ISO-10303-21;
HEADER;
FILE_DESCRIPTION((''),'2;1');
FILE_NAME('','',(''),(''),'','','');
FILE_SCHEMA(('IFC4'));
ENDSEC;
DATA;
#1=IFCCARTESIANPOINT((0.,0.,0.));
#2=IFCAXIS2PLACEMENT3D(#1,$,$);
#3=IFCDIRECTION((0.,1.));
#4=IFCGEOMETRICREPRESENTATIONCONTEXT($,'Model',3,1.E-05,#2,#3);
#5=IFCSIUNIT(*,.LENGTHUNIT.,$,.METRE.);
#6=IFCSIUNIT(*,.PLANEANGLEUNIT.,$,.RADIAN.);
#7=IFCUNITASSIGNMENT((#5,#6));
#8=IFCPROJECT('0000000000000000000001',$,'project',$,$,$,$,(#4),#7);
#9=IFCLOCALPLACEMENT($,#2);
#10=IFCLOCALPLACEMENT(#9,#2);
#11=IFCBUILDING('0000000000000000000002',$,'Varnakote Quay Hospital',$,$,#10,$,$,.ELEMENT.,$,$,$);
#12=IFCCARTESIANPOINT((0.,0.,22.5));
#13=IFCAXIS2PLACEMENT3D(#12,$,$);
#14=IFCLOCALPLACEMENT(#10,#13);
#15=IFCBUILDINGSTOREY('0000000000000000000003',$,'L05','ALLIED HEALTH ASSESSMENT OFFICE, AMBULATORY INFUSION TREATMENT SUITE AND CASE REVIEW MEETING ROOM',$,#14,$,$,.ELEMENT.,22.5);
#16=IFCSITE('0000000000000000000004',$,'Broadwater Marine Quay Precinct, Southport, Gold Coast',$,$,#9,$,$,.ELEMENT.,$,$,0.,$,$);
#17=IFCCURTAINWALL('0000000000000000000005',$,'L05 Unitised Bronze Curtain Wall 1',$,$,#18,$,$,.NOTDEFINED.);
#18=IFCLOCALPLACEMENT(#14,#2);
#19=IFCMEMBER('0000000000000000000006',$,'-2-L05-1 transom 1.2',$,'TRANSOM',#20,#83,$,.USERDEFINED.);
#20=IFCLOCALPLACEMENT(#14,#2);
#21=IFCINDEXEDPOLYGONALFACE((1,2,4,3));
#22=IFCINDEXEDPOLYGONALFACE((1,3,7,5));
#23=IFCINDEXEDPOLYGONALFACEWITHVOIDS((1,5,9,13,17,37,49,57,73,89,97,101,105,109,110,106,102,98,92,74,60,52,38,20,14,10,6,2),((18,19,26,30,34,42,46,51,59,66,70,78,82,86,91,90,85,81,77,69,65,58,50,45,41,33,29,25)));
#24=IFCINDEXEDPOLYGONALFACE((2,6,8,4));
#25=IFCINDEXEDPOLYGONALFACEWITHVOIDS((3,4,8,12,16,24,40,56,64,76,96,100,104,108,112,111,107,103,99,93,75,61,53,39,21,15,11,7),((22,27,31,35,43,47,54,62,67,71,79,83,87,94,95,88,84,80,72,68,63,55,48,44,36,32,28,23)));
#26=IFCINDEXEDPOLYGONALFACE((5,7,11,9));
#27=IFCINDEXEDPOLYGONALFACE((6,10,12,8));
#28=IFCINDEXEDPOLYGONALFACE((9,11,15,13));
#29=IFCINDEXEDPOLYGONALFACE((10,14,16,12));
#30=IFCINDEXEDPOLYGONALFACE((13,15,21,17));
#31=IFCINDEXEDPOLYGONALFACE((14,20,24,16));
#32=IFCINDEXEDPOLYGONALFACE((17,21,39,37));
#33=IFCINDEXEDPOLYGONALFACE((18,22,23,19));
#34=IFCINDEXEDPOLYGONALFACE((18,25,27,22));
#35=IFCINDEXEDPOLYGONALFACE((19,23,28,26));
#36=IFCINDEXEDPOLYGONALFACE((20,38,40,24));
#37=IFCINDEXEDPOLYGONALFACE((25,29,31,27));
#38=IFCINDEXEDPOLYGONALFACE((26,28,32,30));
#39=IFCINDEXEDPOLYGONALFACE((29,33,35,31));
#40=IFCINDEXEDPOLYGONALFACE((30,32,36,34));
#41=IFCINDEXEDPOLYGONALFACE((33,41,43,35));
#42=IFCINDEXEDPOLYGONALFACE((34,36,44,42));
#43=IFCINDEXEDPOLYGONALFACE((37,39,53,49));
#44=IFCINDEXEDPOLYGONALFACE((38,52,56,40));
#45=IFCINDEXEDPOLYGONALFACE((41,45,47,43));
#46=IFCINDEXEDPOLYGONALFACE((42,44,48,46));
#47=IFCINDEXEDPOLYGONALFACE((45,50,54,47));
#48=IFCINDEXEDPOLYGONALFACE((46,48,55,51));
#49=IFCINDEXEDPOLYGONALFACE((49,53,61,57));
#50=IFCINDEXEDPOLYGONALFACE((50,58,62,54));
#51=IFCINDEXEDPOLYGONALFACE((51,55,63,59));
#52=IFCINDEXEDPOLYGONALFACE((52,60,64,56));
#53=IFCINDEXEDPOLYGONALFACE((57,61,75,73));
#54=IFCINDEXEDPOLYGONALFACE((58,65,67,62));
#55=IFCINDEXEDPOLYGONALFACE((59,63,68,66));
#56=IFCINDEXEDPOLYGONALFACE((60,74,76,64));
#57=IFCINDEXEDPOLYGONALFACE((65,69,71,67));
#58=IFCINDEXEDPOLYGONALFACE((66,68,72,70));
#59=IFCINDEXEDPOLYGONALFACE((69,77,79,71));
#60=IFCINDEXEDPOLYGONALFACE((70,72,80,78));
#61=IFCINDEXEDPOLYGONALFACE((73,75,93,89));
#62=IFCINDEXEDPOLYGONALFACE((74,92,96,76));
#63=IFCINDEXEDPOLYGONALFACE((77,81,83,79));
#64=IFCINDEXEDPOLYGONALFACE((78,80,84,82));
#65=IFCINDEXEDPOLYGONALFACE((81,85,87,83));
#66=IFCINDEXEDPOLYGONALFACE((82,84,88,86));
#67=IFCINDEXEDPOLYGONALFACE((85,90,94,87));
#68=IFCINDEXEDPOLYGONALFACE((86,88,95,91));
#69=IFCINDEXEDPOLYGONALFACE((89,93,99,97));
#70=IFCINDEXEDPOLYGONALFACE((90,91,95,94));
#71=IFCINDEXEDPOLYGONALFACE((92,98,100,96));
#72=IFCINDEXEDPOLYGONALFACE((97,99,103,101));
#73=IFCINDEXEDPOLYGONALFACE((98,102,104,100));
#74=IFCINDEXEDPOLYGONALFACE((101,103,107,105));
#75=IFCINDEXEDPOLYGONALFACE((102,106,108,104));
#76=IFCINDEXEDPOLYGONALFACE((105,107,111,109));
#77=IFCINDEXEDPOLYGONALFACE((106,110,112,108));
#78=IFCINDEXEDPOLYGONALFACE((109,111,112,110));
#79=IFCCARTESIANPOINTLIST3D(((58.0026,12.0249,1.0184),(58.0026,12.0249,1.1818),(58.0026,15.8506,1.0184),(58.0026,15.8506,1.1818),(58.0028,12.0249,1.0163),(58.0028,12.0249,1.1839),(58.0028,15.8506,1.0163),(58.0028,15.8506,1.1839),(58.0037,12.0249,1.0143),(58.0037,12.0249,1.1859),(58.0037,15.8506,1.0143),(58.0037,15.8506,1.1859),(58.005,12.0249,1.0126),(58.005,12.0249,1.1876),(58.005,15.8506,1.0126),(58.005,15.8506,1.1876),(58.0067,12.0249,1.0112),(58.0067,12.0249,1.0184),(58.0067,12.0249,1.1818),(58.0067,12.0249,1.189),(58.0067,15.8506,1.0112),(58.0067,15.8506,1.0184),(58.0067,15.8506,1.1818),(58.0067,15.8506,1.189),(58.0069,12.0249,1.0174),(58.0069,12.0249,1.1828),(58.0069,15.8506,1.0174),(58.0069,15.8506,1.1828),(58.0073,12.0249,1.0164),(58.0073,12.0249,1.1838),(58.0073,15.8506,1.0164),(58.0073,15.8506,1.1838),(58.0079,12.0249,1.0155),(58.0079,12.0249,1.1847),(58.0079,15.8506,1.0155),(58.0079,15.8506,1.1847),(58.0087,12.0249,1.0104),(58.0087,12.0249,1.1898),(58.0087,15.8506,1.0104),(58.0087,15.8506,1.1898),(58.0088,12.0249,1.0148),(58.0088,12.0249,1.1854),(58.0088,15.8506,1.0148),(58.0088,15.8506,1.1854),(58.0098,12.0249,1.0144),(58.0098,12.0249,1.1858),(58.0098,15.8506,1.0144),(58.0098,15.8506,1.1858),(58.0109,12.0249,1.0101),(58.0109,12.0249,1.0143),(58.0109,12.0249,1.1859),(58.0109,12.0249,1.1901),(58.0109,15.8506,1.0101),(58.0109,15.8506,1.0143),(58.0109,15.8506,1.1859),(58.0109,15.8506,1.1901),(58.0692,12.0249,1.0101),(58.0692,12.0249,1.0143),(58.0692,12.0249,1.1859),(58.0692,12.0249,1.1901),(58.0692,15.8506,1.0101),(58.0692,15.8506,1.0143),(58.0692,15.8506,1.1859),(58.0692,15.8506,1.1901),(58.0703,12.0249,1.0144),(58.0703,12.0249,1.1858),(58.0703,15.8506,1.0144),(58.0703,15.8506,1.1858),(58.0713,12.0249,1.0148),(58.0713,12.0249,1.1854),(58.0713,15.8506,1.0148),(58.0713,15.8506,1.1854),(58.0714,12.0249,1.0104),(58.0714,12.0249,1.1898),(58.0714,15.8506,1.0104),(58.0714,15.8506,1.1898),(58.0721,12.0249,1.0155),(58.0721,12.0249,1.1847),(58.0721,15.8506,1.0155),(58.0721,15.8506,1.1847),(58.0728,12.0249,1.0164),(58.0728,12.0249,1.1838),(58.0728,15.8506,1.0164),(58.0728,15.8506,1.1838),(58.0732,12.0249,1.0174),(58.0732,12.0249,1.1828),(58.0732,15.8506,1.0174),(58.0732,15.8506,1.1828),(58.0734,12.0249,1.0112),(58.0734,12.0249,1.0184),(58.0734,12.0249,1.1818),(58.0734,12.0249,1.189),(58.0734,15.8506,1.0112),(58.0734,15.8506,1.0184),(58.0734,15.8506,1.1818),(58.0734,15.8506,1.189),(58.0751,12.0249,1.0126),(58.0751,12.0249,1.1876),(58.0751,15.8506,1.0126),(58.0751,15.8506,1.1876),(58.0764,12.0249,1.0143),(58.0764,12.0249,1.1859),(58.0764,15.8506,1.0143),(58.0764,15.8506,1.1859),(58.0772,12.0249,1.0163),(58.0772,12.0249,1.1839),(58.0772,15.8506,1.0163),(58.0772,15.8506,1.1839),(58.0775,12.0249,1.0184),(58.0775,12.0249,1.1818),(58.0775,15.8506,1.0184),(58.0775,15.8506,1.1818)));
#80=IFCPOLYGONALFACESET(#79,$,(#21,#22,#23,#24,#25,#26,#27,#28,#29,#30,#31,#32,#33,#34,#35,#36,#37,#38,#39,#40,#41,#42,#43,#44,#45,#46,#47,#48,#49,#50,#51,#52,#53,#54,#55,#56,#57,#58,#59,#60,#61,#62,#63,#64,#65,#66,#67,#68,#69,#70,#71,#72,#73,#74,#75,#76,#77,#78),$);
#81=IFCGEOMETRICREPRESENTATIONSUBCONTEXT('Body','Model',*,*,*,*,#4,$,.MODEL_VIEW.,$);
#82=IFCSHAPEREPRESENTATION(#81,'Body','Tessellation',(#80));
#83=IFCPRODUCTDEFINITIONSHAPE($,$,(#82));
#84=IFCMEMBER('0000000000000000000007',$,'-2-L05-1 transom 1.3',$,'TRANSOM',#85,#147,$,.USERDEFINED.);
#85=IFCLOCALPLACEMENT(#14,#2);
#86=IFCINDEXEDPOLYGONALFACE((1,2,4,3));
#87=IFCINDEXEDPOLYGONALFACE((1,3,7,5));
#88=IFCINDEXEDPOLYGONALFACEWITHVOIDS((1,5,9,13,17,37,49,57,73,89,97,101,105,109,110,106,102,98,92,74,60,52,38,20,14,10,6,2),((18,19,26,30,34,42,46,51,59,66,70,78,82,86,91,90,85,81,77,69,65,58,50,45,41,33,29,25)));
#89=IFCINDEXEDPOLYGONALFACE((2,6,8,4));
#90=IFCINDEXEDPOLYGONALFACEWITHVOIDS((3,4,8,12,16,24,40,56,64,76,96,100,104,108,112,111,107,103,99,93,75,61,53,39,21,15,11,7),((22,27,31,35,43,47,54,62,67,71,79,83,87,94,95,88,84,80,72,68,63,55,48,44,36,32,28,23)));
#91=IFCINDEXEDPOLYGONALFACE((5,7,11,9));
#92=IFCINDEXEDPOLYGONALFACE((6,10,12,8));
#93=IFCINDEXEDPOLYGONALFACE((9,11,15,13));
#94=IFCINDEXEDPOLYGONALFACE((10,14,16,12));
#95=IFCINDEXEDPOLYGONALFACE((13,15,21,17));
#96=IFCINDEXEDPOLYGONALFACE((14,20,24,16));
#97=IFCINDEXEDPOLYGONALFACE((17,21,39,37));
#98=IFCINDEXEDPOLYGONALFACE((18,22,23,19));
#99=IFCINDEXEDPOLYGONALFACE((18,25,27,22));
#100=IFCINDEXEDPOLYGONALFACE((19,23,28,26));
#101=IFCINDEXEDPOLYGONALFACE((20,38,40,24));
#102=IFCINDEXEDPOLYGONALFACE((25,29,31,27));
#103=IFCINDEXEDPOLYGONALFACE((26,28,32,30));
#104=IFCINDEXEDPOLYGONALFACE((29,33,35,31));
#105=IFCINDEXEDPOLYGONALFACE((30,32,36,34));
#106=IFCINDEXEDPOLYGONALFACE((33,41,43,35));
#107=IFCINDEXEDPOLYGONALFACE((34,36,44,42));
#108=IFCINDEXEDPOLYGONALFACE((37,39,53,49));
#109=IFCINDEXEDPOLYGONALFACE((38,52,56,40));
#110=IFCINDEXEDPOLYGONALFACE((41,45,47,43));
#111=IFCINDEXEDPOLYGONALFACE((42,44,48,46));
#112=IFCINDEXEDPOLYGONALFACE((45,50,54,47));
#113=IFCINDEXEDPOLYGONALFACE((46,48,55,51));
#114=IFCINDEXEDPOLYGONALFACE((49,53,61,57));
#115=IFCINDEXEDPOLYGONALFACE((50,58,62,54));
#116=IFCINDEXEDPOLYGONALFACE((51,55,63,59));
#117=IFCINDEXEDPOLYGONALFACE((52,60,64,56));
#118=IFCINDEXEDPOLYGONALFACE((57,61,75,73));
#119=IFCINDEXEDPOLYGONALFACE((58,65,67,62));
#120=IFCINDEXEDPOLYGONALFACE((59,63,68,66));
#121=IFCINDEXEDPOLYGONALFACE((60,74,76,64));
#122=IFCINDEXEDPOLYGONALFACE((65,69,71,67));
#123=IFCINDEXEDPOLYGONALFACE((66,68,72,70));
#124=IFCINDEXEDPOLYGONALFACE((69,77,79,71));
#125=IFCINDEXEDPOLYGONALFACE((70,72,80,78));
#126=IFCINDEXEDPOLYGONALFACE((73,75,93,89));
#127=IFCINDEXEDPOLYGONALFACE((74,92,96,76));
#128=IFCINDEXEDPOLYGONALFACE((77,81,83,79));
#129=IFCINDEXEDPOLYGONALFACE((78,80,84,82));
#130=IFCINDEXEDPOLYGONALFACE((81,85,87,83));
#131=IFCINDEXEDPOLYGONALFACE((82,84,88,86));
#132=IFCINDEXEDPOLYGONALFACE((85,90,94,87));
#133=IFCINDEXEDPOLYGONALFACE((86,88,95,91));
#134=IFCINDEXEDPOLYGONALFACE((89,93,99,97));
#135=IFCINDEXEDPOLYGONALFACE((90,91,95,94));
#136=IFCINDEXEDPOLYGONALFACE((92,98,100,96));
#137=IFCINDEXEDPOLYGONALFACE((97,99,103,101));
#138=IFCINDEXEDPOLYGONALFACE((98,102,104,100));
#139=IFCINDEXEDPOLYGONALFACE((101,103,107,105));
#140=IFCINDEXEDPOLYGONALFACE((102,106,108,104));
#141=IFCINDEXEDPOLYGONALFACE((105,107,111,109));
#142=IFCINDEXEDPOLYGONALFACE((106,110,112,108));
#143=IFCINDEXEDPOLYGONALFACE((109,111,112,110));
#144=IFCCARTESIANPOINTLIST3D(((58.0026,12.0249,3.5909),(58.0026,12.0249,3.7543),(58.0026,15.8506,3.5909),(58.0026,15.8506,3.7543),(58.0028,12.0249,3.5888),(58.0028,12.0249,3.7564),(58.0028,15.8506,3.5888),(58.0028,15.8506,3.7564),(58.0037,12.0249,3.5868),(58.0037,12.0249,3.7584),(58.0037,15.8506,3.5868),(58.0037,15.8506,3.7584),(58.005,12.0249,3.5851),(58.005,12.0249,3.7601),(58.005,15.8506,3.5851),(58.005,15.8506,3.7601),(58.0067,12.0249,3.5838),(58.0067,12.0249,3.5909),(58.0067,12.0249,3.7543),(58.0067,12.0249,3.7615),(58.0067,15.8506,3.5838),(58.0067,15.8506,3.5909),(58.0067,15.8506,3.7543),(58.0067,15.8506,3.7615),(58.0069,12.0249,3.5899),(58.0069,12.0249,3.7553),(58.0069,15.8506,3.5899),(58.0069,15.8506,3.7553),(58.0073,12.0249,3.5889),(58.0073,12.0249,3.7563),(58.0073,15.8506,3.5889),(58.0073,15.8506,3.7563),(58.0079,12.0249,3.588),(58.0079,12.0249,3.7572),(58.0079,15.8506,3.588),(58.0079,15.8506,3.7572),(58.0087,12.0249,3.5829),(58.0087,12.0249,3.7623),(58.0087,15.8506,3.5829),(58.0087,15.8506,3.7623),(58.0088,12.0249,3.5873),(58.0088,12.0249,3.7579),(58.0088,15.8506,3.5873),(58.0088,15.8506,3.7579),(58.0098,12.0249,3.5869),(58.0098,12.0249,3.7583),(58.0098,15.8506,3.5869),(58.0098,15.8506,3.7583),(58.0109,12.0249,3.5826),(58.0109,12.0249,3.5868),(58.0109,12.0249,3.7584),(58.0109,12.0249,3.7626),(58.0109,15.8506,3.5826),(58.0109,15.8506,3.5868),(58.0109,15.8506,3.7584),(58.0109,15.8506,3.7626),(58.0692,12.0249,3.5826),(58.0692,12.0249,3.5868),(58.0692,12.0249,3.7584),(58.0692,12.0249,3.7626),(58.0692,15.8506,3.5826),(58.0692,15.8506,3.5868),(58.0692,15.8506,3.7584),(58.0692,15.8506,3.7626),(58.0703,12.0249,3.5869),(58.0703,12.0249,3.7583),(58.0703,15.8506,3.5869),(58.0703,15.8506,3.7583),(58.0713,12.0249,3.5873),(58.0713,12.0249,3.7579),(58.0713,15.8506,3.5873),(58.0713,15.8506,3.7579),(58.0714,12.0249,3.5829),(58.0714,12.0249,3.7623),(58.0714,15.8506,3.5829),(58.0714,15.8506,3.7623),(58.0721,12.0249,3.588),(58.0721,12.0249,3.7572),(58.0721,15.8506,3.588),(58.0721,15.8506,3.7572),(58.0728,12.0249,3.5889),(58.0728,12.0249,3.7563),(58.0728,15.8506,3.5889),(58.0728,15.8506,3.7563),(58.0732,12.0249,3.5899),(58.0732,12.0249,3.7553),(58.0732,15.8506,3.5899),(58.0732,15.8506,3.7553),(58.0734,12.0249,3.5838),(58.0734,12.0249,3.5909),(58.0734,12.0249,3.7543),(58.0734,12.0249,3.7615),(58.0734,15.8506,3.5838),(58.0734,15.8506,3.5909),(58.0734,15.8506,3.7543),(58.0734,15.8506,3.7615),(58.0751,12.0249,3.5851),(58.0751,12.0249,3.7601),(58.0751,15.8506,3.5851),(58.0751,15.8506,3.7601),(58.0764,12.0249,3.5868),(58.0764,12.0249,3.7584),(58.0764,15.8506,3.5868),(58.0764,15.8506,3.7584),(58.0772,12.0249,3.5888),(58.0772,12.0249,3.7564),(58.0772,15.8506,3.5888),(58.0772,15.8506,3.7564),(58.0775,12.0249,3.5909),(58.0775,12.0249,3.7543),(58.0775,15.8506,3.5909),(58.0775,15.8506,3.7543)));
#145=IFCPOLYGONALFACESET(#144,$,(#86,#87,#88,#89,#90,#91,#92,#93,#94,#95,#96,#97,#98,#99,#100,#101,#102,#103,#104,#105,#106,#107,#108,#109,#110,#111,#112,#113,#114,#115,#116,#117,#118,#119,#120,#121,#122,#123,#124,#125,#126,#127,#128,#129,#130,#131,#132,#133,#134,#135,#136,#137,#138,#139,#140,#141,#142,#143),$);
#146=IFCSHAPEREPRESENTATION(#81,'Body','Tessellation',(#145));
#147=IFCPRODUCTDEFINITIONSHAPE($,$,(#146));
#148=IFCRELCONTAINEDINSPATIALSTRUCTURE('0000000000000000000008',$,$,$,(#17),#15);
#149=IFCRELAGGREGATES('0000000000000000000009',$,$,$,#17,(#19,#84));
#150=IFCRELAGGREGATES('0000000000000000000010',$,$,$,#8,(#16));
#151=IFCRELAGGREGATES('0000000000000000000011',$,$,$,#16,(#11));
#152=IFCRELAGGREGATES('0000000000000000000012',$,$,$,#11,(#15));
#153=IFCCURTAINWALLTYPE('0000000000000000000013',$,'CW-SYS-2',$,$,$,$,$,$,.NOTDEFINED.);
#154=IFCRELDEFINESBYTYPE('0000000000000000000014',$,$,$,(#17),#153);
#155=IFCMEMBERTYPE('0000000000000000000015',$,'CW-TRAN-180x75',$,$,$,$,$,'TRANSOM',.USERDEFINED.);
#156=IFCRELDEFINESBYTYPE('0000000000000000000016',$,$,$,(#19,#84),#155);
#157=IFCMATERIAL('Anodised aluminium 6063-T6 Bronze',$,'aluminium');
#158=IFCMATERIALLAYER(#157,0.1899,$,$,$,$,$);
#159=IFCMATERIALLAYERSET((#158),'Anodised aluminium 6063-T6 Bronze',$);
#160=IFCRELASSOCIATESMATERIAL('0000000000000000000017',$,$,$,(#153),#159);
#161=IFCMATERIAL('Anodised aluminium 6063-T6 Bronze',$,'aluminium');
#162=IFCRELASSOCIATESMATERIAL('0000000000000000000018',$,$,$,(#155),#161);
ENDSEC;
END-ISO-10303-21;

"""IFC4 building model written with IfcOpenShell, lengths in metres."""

from ifc_helpers import new_model, si_unit, direction, frame, origin, origin_2d, place, context, subcontext, project, spatial, hollow_rectangle, extrude, material, layer, layer_set, material_profile, profile_set, type_object, element, aggregate, save


model = new_model("IFC4")

# Units and contexts
model_context = context("Model", 3, precision=1e-05, world=origin(), true_north=direction((0.0, 1.0)))
body_context = subcontext(model_context, "Body", "Model", "MODEL_VIEW")
ifc_project = project(units=[si_unit("LENGTHUNIT", "METRE"), si_unit("PLANEANGLEUNIT", "RADIAN")], contexts=[model_context])

# Site, building, storey
site_placement = place(None, origin())
site = spatial("IfcSite", under=ifc_project, at=site_placement, Name="Broadwater Marine Quay Precinct, Southport, Gold Coast", CompositionType="ELEMENT", RefElevation=0.0)
building_placement = place(site_placement, origin())
building = spatial("IfcBuilding", under=site, at=building_placement, Name="Varnakote Quay Hospital", CompositionType="ELEMENT")
storey_placement = place(building_placement, frame((0.0, 0.0, 22.5)))
storey = spatial("IfcBuildingStorey", under=building, at=storey_placement, Name="L05", Description="ALLIED HEALTH ASSESSMENT OFFICE, AMBULATORY INFUSION TREATMENT SUITE AND CASE REVIEW MEETING ROOM", CompositionType="ELEMENT", Elevation=22.5)

# Curtain wall, members
ifc_material_1 = material(Name="Anodised aluminium 6063-T6 Bronze", Category="aluminium")
ifc_layer_1 = layer(ifc_material_1, 0.1899)
ifc_layer_set_1 = layer_set([ifc_layer_1], Name="Anodised aluminium 6063-T6 Bronze")
curtain_wall_type = type_object("IfcCurtainWallType", Name="CW-SYS-2", PredefinedType="NOTDEFINED", material=ifc_layer_set_1)
curtain_wall_placement = place(storey_placement, origin())
curtain_wall = element("IfcCurtainWall", 1, at=curtain_wall_placement, inside=storey, type_object=curtain_wall_type, Name="L05 Unitised Bronze Curtain Wall 1", PredefinedType="NOTDEFINED")
ifc_material_2 = material(Name="Anodised aluminium 6063-T6 Bronze", Category="aluminium")
ifc_material_profile_1 = material_profile(ifc_material_2, hollow_rectangle(XDim=0.075, YDim=0.1799, WallThickness=0.0042, InnerFilletRadius=0.0042, OuterFilletRadius=0.0083, at=origin_2d()), Name="CW-TRAN-180x75")
ifc_profile_set_1 = profile_set([ifc_material_profile_1], Name="Anodised aluminium 6063-T6 Bronze")
member_type_1 = type_object("IfcMemberType", Name="CW-TRAN-180x75", ElementType="TRANSOM", PredefinedType="USERDEFINED", material=ifc_profile_set_1)
member_1_placement = place(storey_placement, frame((58.04, 12.0249, 1.1001), z_axis=(0.0, 1.0, 0.0), x_axis=(-1.0, 0.0, 0.0)))
member_1 = element("IfcMember", 2, at=member_1_placement, type_object=member_type_1, Name="-2-L05-1 transom 1.2", ObjectType="TRANSOM", PredefinedType="USERDEFINED", context=body_context, shape_type="SweptSolid", body=[
    extrude(hollow_rectangle(XDim=0.075, YDim=0.1799, WallThickness=0.0042, InnerFilletRadius=0.0042, OuterFilletRadius=0.0083, at=origin_2d()), origin(), (0.0, 0.0, 1.0), 3.8257),
])
member_2_placement = place(storey_placement, frame((58.04, 12.0249, 3.6726), z_axis=(0.0, 1.0, 0.0), x_axis=(-1.0, 0.0, 0.0)))
member_2 = element("IfcMember", 3, at=member_2_placement, type_object=member_type_1, Name="-2-L05-1 transom 1.3", ObjectType="TRANSOM", PredefinedType="USERDEFINED", context=body_context, shape_type="SweptSolid", body=[
    extrude(hollow_rectangle(XDim=0.075, YDim=0.1799, WallThickness=0.0042, InnerFilletRadius=0.0042, OuterFilletRadius=0.0083, at=origin_2d()), origin(), (0.0, 0.0, 1.0), 3.8257),
])
aggregate(curtain_wall, [member_1, member_2])

save(model, "model.ifc")
